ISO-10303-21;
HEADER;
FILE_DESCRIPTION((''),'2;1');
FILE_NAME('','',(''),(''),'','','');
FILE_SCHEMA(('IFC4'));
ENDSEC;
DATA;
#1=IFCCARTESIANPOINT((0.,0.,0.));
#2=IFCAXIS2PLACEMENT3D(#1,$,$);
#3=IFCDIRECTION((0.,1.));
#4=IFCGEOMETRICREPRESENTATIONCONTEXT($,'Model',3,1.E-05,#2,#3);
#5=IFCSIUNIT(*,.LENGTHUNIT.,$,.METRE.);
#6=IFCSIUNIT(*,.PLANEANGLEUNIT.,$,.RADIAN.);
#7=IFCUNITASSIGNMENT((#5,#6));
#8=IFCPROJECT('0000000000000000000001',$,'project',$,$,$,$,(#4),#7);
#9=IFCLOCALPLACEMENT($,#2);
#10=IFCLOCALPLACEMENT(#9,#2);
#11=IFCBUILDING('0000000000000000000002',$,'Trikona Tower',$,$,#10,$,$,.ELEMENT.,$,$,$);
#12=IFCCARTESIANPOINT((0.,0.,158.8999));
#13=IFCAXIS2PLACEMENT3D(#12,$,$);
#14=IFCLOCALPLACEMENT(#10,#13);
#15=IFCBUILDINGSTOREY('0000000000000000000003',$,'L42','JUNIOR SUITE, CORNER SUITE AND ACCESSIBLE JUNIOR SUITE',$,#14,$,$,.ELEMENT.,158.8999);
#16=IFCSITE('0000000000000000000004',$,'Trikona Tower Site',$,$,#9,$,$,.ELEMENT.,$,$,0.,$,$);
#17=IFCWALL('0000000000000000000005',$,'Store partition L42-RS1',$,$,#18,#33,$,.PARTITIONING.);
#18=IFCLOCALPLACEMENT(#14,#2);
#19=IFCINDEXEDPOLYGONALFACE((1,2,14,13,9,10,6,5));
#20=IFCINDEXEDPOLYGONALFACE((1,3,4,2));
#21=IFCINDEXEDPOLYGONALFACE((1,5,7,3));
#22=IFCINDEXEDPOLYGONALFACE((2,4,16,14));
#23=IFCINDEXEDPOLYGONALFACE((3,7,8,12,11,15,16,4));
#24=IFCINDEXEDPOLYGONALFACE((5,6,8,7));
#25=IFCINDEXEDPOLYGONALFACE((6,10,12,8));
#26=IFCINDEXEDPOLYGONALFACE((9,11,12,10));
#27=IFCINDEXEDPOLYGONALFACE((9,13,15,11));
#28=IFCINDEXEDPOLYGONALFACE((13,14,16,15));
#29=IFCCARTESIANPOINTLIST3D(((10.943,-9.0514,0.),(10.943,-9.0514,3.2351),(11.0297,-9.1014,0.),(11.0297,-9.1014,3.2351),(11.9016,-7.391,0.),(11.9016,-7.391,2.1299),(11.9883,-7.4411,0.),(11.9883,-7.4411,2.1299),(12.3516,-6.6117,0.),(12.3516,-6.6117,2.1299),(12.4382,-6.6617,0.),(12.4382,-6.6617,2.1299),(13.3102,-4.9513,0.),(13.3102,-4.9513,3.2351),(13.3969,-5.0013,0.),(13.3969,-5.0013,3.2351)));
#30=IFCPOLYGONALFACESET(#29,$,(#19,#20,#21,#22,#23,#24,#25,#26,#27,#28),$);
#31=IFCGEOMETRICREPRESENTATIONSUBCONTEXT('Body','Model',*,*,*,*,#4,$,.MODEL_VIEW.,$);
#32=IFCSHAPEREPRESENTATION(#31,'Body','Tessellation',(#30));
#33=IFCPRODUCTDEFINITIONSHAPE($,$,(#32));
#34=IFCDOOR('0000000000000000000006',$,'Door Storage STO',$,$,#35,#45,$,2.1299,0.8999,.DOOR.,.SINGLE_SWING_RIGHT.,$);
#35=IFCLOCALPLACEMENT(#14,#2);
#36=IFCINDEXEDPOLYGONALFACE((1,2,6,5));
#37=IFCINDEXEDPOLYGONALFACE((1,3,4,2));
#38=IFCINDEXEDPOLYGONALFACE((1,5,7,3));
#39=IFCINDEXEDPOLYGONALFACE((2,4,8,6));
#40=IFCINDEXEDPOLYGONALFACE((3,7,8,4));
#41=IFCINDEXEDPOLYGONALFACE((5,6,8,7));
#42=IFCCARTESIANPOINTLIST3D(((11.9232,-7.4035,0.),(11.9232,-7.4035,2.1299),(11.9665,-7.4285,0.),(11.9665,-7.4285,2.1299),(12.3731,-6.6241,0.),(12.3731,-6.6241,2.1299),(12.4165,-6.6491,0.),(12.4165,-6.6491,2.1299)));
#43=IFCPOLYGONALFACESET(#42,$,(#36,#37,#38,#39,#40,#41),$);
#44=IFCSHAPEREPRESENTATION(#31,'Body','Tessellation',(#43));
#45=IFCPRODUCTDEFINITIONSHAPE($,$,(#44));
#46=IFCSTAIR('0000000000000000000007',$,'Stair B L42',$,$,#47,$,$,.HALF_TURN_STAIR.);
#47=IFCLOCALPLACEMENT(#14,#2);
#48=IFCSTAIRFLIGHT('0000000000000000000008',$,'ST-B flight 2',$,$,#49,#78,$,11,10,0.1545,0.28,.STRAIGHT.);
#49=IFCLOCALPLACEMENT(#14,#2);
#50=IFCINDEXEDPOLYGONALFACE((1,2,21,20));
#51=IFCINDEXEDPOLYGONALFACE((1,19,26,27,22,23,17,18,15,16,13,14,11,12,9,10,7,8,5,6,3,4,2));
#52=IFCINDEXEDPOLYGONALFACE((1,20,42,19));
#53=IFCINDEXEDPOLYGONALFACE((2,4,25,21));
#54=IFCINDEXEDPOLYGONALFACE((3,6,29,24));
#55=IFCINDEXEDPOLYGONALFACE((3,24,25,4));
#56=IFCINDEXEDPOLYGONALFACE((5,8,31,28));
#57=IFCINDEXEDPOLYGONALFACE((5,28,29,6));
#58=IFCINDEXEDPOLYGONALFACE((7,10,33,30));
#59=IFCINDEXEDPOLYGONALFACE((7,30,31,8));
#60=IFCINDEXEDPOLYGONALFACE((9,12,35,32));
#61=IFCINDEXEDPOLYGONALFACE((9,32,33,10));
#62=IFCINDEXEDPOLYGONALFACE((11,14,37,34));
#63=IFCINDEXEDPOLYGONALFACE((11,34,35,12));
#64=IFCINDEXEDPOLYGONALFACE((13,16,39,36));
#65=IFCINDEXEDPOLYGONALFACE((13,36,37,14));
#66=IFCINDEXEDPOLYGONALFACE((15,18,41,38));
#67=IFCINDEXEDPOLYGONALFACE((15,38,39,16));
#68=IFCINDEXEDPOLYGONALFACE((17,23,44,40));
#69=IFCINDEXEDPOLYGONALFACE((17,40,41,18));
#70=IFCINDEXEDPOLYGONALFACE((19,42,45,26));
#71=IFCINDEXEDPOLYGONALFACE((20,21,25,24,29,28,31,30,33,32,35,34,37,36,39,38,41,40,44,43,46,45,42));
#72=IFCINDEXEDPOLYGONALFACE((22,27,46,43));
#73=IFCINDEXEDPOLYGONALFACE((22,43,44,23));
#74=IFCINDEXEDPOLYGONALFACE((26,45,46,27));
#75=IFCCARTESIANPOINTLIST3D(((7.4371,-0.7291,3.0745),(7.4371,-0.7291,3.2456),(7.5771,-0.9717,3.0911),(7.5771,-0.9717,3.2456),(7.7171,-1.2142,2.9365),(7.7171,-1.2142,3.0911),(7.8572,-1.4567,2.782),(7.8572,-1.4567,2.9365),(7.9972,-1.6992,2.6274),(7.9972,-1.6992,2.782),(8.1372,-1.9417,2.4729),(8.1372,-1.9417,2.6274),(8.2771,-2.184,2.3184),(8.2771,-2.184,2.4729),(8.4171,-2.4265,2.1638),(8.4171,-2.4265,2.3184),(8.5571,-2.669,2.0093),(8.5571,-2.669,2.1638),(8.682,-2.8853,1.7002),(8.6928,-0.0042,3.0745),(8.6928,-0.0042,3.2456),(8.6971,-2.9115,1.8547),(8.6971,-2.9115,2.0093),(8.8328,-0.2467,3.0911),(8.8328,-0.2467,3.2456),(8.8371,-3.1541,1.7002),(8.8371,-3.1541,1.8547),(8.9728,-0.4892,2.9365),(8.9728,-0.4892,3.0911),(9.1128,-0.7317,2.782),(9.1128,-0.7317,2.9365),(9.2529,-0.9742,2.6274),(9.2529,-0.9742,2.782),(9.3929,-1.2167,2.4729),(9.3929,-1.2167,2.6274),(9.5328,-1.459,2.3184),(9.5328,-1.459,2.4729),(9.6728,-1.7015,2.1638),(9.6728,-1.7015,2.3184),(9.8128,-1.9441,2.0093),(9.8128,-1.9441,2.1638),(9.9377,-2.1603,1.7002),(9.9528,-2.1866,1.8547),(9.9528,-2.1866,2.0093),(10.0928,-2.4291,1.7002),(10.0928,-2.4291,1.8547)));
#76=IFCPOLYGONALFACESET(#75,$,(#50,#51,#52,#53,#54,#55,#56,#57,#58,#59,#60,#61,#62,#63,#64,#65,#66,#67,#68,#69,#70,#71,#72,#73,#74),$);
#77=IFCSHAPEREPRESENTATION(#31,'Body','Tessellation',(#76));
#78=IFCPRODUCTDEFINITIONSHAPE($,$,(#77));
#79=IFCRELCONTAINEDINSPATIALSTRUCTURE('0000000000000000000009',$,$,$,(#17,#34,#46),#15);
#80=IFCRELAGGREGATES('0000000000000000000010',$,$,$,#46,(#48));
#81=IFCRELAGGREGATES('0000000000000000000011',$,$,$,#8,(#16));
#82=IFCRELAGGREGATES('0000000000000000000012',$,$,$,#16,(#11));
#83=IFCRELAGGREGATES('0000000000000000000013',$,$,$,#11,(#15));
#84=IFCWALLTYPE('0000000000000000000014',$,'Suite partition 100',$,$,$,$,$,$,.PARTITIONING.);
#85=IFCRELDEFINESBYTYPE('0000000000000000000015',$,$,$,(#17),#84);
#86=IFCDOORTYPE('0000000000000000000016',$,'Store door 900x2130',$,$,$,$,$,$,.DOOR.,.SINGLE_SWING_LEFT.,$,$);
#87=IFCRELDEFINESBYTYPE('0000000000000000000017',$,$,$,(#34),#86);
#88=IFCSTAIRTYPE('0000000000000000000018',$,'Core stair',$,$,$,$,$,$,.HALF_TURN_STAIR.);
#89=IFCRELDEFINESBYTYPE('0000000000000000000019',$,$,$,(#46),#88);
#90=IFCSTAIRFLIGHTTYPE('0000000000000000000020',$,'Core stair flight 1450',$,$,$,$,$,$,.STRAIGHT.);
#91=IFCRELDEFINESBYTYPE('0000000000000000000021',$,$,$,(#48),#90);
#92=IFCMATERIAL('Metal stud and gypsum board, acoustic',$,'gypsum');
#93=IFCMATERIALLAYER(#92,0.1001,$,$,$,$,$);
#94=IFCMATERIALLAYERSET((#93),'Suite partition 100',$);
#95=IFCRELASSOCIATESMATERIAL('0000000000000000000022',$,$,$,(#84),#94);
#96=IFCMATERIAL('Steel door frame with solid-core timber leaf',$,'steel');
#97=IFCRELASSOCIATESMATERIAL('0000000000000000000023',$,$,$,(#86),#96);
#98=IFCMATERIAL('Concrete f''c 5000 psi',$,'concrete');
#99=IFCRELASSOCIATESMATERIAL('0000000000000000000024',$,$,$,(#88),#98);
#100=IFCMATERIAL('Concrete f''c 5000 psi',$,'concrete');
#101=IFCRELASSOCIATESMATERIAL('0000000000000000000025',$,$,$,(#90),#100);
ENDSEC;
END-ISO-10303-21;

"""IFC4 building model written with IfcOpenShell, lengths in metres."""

from ifc_helpers import new_model, si_unit, direction, frame, frame_2d, origin, place, context, subcontext, project, spatial, polyline, rectangle, outline, extrude, material, layer, layer_set, type_object, element, fill, aggregate, save


model = new_model("IFC4")

# Units and contexts
model_context = context("Model", 3, precision=1e-05, world=origin(), true_north=direction((0.0, 1.0)))
body_context = subcontext(model_context, "Body", "Model", "MODEL_VIEW")
ifc_project = project(units=[si_unit("LENGTHUNIT", "METRE"), si_unit("PLANEANGLEUNIT", "RADIAN")], contexts=[model_context])

# Site, building, storey
site_placement = place(None, origin())
site = spatial("IfcSite", under=ifc_project, at=site_placement, Name="Trikona Tower Site", CompositionType="ELEMENT", RefElevation=0.0)
building_placement = place(site_placement, origin())
building = spatial("IfcBuilding", under=site, at=building_placement, Name="Trikona Tower", CompositionType="ELEMENT")
storey_placement = place(building_placement, frame((0.0, 0.0, 158.8999)))
storey = spatial("IfcBuildingStorey", under=building, at=storey_placement, Name="L42", Description="JUNIOR SUITE, CORNER SUITE AND ACCESSIBLE JUNIOR SUITE", CompositionType="ELEMENT", Elevation=158.8999)

# Wall, opening, door
ifc_material_1 = material(Name="Metal stud and gypsum board, acoustic", Category="gypsum")
ifc_layer_1 = layer(ifc_material_1, 0.1001)
ifc_layer_set_1 = layer_set([ifc_layer_1], Name="Suite partition 100")
wall_type_1 = type_object("IfcWallType", Name="Suite partition 100", PredefinedType="PARTITIONING", material=ifc_layer_set_1)
wall_1_placement = place(storey_placement, frame((13.3535, -4.9763, 0.0), z_axis=(0.0, 0.0, 1.0), x_axis=(-0.499999, -0.866026, 0.0)))
wall_1 = element("IfcWall", 1, at=wall_1_placement, inside=storey, type_object=wall_type_1, Name="Store partition L42-RS1", PredefinedType="PARTITIONING", context=body_context, shape_type="SweptSolid", body=[
    extrude(rectangle(XDim=4.7344, YDim=0.1001, at=frame_2d((2.3672, 0.0))), origin(), (0.0, 0.0, 1.0), 3.2351),
])
opening_1_placement = place(wall_1_placement, frame((1.9172, 0.0, 0.0)))
opening_1 = element("IfcOpeningElement", 2, at=opening_1_placement, cuts=wall_1, PredefinedType="OPENING", context=body_context, shape_type="SweptSolid", body=[
    extrude(rectangle(XDim=0.8999, YDim=2.1299, at=frame_2d((0.45, 1.0649))), frame((0.0, 0.0601, 0.0), z_axis=(0.0, -1.0, 0.0), x_axis=(1.0, 0.0, 0.0)), (0.0, 0.0, 1.0), 0.1201),
])
ifc_material_2 = material(Name="Steel door frame with solid-core timber leaf", Category="steel")
door_type_1 = type_object("IfcDoorType", Name="Store door 900x2130", OperationType="SINGLE_SWING_LEFT", PredefinedType="DOOR", material=ifc_material_2)
door_1_placement = place(opening_1_placement, origin())
door_1 = element("IfcDoor", 3, at=door_1_placement, inside=storey, type_object=door_type_1, Name="Door Storage STO", OperationType="SINGLE_SWING_RIGHT", OverallHeight=2.1299, OverallWidth=0.8999, PredefinedType="DOOR", context=body_context, shape_type="SweptSolid", body=[
    extrude(rectangle(XDim=0.8999, YDim=2.1299, at=frame_2d((0.45, 1.0649))), frame((0.0, 0.0249, 0.0), z_axis=(0.0, -1.0, 0.0), x_axis=(1.0, 0.0, 0.0)), (0.0, 0.0, 1.0), 0.05),
])
fill(opening_1, door_1)

# Stair, stair flight
ifc_material_3 = material(Name="Concrete f'c 5000 psi", Category="concrete")
stair_type = type_object("IfcStairType", Name="Core stair", PredefinedType="HALF_TURN_STAIR", material=ifc_material_3)
stair_placement = place(storey_placement, origin())
stair = element("IfcStair", 4, at=stair_placement, inside=storey, type_object=stair_type, Name="Stair B L42", PredefinedType="HALF_TURN_STAIR")
ifc_material_4 = material(Name="Concrete f'c 5000 psi", Category="concrete")
stair_flight_type = type_object("IfcStairFlightType", Name="Core stair flight 1450", PredefinedType="STRAIGHT", material=ifc_material_4)
stair_flight_placement = place(storey_placement, frame((9.4651, -2.7915, 1.7002), z_axis=(0.0, 0.0, 1.0), x_axis=(-0.5, 0.866025, 0.0)))
stair_flight = element("IfcStairFlight", 5, at=stair_flight_placement, type_object=stair_flight_type, Name="ST-B flight 2", NumberOfRisers=11, NumberOfTreads=10, PredefinedType="STRAIGHT", RiserHeight=0.1545, TreadLength=0.28, context=body_context, shape_type="SweptSolid", body=[
    extrude(outline(polyline([(0.0, 0.0), (0.0, 0.1545), (0.28, 0.1545), (0.28, 0.3091), (0.5601, 0.3091), (0.5601, 0.4636), (0.8401, 0.4636), (0.8401, 0.6182), (1.1201, 0.6182), (1.1201, 0.7727), (1.3999, 0.7727), (1.3999, 0.9272), (1.6799, 0.9272), (1.6799, 1.0818), (1.96, 1.0818), (1.96, 1.2363), (2.24, 1.2363), (2.24, 1.3909), (2.52, 1.3909), (2.52, 1.5454), (2.8, 1.5454), (2.8, 1.7), (2.8, 1.3743), (0.3103, 0.0), (0.0, 0.0)])), frame((0.0, 0.7251, 0.0), z_axis=(0.0, -1.0, 0.0), x_axis=(1.0, 0.0, 0.0)), (0.0, 0.0, 1.0), 1.45),
])
aggregate(stair, [stair_flight])

save(model, "model.ifc")
